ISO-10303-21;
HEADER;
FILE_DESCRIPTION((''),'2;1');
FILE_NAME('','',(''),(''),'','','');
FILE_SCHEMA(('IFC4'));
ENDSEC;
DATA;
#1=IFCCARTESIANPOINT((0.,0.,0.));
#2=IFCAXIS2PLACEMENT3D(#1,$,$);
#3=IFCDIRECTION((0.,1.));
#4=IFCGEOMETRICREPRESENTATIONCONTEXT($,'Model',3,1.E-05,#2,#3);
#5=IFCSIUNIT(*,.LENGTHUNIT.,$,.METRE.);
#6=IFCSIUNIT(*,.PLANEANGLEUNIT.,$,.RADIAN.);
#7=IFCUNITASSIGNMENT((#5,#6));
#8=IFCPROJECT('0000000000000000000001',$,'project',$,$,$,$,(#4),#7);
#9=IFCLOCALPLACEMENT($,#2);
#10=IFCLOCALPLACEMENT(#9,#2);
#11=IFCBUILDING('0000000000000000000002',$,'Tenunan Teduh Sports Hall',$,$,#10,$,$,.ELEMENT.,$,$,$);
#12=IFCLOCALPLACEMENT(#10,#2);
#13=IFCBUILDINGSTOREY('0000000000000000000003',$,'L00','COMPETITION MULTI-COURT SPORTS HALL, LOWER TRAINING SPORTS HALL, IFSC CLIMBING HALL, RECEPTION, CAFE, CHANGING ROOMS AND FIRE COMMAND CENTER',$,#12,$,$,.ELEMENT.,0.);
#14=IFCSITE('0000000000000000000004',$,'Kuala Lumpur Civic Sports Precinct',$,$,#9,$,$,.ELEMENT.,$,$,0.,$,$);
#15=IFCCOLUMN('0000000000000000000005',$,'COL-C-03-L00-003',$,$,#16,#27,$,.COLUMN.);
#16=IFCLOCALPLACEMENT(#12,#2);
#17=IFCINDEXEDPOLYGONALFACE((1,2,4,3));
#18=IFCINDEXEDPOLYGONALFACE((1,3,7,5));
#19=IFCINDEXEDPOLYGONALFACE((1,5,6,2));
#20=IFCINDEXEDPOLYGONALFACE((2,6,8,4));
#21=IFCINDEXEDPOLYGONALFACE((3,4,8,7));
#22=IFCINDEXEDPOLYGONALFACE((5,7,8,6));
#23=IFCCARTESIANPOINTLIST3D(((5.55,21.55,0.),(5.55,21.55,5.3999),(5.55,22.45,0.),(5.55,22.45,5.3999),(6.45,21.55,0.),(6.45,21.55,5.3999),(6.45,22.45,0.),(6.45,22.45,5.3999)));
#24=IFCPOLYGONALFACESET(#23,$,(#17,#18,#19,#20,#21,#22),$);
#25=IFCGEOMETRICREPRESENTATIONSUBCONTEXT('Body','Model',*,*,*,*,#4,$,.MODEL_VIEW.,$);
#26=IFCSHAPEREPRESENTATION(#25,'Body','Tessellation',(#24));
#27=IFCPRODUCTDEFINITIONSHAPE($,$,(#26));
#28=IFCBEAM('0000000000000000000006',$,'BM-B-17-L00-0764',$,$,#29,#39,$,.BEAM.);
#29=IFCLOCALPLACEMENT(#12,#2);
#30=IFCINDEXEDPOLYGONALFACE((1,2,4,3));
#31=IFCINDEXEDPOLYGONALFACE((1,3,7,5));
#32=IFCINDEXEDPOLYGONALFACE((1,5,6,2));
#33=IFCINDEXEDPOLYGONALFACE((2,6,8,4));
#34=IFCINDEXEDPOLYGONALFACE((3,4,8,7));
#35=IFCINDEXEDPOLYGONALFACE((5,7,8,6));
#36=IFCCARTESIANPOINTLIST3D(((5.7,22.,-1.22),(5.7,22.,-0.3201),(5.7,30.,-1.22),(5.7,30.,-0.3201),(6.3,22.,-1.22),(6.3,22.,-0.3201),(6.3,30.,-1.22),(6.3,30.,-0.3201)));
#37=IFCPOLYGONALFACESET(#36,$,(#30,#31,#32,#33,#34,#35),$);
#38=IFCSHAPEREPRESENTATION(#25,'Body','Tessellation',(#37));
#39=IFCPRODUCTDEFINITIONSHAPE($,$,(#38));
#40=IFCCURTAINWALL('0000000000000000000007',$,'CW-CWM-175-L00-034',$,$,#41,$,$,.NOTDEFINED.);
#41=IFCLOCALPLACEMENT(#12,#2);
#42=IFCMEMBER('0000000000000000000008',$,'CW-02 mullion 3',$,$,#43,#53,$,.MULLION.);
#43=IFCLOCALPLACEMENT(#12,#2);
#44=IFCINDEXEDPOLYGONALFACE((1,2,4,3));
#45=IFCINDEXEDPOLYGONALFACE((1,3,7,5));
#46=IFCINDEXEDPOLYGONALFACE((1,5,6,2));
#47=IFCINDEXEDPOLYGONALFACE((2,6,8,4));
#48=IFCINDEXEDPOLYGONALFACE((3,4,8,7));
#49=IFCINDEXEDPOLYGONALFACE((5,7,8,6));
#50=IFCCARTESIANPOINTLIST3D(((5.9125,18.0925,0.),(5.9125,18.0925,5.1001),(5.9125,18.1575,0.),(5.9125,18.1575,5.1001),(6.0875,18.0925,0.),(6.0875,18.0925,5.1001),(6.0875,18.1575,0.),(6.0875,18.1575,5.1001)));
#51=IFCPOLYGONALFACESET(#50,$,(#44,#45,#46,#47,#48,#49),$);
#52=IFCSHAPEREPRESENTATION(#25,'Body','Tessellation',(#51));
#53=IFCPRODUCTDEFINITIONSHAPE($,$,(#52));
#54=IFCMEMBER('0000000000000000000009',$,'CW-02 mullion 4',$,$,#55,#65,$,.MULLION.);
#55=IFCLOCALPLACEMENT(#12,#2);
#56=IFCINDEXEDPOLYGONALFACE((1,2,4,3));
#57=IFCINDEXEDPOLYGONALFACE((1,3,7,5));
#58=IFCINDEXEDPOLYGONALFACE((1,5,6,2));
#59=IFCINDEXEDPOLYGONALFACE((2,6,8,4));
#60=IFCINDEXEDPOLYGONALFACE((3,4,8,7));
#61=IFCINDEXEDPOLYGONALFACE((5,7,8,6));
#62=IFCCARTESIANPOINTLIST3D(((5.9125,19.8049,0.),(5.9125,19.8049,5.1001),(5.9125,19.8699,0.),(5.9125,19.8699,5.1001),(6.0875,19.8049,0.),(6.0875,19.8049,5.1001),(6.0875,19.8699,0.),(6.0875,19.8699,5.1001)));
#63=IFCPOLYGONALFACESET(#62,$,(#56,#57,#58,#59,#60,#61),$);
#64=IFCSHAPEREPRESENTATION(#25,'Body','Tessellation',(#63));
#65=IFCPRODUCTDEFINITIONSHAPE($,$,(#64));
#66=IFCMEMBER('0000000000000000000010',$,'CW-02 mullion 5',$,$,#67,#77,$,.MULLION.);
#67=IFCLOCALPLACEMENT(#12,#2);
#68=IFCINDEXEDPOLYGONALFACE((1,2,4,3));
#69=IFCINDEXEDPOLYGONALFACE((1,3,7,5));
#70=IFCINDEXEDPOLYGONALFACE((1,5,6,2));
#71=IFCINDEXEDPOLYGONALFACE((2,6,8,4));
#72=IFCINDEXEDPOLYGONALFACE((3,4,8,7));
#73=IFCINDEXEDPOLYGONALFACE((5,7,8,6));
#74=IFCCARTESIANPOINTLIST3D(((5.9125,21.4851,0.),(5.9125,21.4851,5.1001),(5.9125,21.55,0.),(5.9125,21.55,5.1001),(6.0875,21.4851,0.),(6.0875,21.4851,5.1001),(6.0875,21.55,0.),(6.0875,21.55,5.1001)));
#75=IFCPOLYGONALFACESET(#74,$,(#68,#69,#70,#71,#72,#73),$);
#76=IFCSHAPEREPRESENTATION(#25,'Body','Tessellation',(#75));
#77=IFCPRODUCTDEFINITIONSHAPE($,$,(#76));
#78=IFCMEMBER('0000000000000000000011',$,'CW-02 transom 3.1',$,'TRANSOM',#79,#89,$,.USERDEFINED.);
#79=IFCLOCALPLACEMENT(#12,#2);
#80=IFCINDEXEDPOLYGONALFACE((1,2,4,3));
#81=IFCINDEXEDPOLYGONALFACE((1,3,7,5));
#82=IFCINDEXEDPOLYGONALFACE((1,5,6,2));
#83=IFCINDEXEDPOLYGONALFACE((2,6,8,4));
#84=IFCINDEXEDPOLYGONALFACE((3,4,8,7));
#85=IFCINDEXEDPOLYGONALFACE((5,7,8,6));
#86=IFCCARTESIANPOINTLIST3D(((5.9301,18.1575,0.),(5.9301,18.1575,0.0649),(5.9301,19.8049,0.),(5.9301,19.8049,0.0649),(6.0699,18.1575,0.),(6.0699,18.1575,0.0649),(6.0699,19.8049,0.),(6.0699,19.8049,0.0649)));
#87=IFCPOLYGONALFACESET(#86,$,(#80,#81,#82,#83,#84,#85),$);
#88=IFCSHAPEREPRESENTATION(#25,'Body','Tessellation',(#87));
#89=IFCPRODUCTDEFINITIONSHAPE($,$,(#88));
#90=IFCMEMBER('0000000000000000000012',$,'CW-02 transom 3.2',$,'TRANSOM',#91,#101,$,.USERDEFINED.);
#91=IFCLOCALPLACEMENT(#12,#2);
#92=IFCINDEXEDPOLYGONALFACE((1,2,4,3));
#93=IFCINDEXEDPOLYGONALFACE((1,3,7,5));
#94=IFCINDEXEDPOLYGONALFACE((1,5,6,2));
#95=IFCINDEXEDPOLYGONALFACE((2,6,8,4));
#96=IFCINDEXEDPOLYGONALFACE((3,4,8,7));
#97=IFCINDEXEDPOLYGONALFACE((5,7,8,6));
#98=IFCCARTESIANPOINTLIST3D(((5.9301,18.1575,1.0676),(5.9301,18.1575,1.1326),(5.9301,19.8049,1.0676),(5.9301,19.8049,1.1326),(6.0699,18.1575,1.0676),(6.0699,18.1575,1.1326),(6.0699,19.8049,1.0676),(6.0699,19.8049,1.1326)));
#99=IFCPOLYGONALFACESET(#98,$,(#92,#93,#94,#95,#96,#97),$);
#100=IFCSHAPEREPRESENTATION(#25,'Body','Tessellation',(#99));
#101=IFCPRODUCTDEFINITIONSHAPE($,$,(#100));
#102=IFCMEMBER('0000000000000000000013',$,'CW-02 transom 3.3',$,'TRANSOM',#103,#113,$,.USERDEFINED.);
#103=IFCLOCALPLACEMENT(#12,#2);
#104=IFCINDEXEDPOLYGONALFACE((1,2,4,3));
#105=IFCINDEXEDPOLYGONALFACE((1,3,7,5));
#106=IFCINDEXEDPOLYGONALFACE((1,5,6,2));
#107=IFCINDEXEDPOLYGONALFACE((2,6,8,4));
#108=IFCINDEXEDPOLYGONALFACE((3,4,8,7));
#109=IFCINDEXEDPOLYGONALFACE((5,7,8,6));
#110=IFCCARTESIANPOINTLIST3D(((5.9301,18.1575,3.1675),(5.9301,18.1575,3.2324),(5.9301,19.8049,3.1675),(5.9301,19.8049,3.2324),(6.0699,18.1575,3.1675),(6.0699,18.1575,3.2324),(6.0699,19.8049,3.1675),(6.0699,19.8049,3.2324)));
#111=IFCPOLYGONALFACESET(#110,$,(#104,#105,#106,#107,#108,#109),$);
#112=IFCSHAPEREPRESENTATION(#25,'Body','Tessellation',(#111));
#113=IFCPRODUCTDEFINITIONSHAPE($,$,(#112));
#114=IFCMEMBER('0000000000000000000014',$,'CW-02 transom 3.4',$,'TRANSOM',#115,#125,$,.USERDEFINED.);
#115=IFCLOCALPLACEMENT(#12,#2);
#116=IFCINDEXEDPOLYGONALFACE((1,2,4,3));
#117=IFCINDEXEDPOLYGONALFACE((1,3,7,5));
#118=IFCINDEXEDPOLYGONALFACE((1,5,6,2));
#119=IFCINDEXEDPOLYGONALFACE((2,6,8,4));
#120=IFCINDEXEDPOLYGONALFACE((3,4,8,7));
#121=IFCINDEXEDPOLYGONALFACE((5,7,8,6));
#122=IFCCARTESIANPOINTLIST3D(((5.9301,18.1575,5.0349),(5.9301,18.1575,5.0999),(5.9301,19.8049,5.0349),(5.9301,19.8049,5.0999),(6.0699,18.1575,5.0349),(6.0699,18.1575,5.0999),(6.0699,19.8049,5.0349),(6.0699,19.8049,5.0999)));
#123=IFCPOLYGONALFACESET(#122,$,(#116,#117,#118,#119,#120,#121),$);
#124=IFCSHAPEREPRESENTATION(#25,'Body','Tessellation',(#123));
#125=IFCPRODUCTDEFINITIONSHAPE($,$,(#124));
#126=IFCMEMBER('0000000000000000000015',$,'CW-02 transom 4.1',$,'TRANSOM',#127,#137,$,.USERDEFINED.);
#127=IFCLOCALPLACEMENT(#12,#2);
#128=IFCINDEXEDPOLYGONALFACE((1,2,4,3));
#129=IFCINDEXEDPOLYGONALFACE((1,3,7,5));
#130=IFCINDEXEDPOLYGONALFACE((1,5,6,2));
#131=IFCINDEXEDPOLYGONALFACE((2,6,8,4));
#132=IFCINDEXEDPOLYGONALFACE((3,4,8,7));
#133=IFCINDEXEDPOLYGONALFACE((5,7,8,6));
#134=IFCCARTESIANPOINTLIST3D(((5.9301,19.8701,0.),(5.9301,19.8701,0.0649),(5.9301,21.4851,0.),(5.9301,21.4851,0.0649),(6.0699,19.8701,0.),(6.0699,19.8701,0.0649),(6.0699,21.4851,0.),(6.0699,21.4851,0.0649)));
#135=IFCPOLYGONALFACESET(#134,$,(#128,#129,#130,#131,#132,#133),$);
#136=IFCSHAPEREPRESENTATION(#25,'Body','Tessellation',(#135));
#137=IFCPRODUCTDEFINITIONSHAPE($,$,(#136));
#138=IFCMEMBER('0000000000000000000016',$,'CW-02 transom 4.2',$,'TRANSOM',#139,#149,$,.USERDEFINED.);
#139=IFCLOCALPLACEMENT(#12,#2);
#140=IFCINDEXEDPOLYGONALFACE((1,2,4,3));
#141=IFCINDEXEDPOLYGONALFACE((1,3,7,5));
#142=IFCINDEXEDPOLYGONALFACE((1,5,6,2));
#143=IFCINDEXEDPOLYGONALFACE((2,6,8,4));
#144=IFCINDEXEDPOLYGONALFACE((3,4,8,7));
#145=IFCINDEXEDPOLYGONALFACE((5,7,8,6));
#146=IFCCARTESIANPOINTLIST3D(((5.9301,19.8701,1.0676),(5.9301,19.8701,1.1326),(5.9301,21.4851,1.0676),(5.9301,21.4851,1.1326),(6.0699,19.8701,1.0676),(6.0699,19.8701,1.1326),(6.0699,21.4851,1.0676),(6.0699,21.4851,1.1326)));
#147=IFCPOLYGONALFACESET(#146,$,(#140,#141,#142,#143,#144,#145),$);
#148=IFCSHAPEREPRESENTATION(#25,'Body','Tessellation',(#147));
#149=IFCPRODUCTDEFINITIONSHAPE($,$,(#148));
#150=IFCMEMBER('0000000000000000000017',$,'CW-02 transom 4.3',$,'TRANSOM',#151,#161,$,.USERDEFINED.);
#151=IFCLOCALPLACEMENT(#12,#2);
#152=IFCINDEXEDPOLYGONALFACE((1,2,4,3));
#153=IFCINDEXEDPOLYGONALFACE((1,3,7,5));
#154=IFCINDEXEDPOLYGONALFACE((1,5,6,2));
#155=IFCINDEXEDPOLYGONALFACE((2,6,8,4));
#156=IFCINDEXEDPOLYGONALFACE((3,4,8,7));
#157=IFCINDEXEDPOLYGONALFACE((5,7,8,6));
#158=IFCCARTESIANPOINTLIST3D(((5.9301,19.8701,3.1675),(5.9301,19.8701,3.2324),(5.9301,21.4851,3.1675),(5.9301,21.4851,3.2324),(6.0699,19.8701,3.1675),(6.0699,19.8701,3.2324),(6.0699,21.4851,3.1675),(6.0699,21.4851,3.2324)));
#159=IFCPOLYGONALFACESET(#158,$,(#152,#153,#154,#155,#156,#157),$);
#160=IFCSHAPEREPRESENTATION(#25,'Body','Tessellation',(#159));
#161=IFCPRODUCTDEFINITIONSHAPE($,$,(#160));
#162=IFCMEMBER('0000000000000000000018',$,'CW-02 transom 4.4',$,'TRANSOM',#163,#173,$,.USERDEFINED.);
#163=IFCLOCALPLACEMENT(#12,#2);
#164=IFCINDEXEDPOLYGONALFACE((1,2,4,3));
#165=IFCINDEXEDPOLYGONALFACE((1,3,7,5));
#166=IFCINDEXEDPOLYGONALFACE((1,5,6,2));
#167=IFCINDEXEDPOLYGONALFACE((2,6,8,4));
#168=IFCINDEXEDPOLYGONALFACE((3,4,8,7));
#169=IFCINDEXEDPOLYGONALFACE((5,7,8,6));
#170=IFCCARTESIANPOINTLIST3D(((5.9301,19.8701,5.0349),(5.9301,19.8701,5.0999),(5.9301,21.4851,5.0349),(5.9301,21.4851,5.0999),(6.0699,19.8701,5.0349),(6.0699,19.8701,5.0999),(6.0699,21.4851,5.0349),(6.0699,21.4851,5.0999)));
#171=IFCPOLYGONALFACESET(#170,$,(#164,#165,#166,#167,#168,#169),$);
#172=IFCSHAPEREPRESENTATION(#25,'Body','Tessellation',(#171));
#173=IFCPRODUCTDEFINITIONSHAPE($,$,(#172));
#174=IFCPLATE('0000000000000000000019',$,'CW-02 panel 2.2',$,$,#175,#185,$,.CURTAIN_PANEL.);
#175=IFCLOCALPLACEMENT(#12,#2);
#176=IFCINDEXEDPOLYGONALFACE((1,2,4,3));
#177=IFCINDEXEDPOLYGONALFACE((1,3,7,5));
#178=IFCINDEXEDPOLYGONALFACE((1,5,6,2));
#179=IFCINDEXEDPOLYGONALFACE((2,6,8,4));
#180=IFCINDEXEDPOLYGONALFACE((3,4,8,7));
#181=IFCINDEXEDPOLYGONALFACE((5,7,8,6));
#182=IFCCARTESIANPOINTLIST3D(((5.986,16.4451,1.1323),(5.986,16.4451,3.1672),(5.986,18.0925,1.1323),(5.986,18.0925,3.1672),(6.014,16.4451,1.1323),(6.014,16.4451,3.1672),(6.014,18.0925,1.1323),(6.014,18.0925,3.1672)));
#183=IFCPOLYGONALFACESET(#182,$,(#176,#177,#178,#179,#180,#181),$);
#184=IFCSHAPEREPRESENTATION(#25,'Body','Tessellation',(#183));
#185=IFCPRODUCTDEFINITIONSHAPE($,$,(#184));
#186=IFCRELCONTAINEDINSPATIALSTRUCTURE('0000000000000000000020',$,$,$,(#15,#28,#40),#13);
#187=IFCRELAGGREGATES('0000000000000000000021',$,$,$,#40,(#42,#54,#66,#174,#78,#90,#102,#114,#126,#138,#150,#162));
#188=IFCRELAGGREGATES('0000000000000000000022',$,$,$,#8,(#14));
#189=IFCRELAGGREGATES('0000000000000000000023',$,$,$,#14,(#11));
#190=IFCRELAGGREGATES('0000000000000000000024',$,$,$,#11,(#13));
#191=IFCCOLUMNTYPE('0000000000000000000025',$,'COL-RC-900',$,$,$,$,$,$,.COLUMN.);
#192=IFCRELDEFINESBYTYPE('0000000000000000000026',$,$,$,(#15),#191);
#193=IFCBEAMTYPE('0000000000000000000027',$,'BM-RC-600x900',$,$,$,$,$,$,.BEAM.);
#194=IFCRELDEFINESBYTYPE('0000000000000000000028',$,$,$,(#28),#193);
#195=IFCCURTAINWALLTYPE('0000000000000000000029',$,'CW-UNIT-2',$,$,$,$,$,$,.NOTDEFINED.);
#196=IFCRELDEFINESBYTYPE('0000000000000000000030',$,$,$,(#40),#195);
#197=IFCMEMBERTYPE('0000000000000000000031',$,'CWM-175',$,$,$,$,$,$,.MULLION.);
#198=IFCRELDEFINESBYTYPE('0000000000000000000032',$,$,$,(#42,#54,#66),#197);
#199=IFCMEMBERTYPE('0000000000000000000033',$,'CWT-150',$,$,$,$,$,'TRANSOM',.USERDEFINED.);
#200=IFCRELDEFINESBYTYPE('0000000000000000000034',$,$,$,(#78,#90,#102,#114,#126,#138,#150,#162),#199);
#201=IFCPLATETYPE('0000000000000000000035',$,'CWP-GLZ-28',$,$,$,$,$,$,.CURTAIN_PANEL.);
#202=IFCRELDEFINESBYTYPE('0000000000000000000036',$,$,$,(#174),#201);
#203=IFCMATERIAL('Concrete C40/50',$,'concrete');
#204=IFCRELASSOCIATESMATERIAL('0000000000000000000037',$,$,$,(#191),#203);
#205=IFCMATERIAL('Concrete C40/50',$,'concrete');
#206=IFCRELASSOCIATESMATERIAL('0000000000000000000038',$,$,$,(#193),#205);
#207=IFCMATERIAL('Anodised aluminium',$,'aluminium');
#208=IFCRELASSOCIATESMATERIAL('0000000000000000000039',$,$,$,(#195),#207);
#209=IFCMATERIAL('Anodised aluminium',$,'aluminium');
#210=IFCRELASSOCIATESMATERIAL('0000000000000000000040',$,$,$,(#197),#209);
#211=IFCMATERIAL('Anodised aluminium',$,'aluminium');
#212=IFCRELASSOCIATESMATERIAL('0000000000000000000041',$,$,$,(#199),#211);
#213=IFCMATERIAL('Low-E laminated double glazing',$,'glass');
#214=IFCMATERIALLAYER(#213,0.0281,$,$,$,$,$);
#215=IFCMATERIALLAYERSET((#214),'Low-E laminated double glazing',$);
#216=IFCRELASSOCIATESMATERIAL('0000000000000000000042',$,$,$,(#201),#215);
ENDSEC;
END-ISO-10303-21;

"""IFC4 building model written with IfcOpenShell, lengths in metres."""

from ifc_helpers import new_model, si_unit, direction, frame, origin, origin_2d, place, context, subcontext, project, spatial, rectangle, extrude, material, layer, layer_set, material_profile, profile_set, type_object, element, aggregate, save


model = new_model("IFC4")

# Units and contexts
model_context = context("Model", 3, precision=1e-05, world=origin(), true_north=direction((0.0, 1.0)))
body_context = subcontext(model_context, "Body", "Model", "MODEL_VIEW")
ifc_project = project(units=[si_unit("LENGTHUNIT", "METRE"), si_unit("PLANEANGLEUNIT", "RADIAN")], contexts=[model_context])

# Site, building, storey
site_placement = place(None, origin())
site = spatial("IfcSite", under=ifc_project, at=site_placement, Name="Kuala Lumpur Civic Sports Precinct", CompositionType="ELEMENT", RefElevation=0.0)
building_placement = place(site_placement, origin())
building = spatial("IfcBuilding", under=site, at=building_placement, Name="Tenunan Teduh Sports Hall", CompositionType="ELEMENT")
storey_placement = place(building_placement, origin())
storey = spatial("IfcBuildingStorey", under=building, at=storey_placement, Name="L00", Description="COMPETITION MULTI-COURT SPORTS HALL, LOWER TRAINING SPORTS HALL, IFSC CLIMBING HALL, RECEPTION, CAFE, CHANGING ROOMS AND FIRE COMMAND CENTER", CompositionType="ELEMENT", Elevation=0.0)

# Column
ifc_material_1 = material(Name="Concrete C40/50", Category="concrete")
ifc_material_profile_1 = material_profile(ifc_material_1, rectangle(XDim=0.8999, YDim=0.8999, at=origin_2d()), Name="RC 900x900")
ifc_profile_set_1 = profile_set([ifc_material_profile_1], Name="Concrete C40/50")
column_type = type_object("IfcColumnType", Name="COL-RC-900", PredefinedType="COLUMN", material=ifc_profile_set_1)
column_placement = place(storey_placement, frame((6.0, 22.0, 0.0), z_axis=(0.0, 0.0, 1.0), x_axis=(1.0, 0.0, 0.0)))
element("IfcColumn", 1, at=column_placement, inside=storey, type_object=column_type, Name="COL-C-03-L00-003", PredefinedType="COLUMN", context=body_context, shape_type="SweptSolid", body=[
    extrude(rectangle(XDim=0.8999, YDim=0.8999, at=origin_2d()), origin(), (0.0, 0.0, 1.0), 5.3999),
])

# Beam
ifc_material_2 = material(Name="Concrete C40/50", Category="concrete")
ifc_material_profile_2 = material_profile(ifc_material_2, rectangle(XDim=0.6001, YDim=0.8999, at=origin_2d()), Name="RCB 600x900")
ifc_profile_set_2 = profile_set([ifc_material_profile_2], Name="Concrete C40/50")
beam_type = type_object("IfcBeamType", Name="BM-RC-600x900", PredefinedType="BEAM", material=ifc_profile_set_2)
beam_placement = place(storey_placement, frame((6.0, 22.0, -0.77), z_axis=(0.0, 1.0, 0.0), x_axis=(-1.0, 0.0, 0.0)))
element("IfcBeam", 2, at=beam_placement, inside=storey, type_object=beam_type, Name="BM-B-17-L00-0764", PredefinedType="BEAM", context=body_context, shape_type="SweptSolid", body=[
    extrude(rectangle(XDim=0.6001, YDim=0.8999, at=origin_2d()), origin(), (0.0, 0.0, 1.0), 8.0),
])

# Curtain wall, members, plate
ifc_material_3 = material(Name="Anodised aluminium", Category="aluminium")
curtain_wall_type = type_object("IfcCurtainWallType", Name="CW-UNIT-2", PredefinedType="NOTDEFINED", material=ifc_material_3)
curtain_wall_placement = place(storey_placement, origin())
curtain_wall = element("IfcCurtainWall", 3, at=curtain_wall_placement, inside=storey, type_object=curtain_wall_type, Name="CW-CWM-175-L00-034", PredefinedType="NOTDEFINED")
ifc_material_4 = material(Name="Anodised aluminium", Category="aluminium")
ifc_material_profile_3 = material_profile(ifc_material_4, rectangle(XDim=0.0649, YDim=0.175, at=origin_2d()), Name="CWM 65x175")
ifc_profile_set_3 = profile_set([ifc_material_profile_3], Name="Anodised aluminium")
member_type_1 = type_object("IfcMemberType", Name="CWM-175", PredefinedType="MULLION", material=ifc_profile_set_3)
member_1_placement = place(storey_placement, frame((6.0, 18.125, 0.0), z_axis=(0.0, 0.0, 1.0), x_axis=(0.0, 1.0, 0.0)))
member_1 = element("IfcMember", 4, at=member_1_placement, type_object=member_type_1, Name="CW-02 mullion 3", PredefinedType="MULLION", context=body_context, shape_type="SweptSolid", body=[
    extrude(rectangle(XDim=0.0649, YDim=0.175, at=origin_2d()), origin(), (0.0, 0.0, 1.0), 5.1001),
])
member_2_placement = place(storey_placement, frame((6.0, 19.8374, 0.0), z_axis=(0.0, 0.0, 1.0), x_axis=(0.0, 1.0, 0.0)))
member_2 = element("IfcMember", 5, at=member_2_placement, type_object=member_type_1, Name="CW-02 mullion 4", PredefinedType="MULLION", context=body_context, shape_type="SweptSolid", body=[
    extrude(rectangle(XDim=0.0649, YDim=0.175, at=origin_2d()), origin(), (0.0, 0.0, 1.0), 5.1001),
])
member_3_placement = place(storey_placement, frame((6.0, 21.5176, 0.0), z_axis=(0.0, 0.0, 1.0), x_axis=(0.0, 1.0, 0.0)))
member_3 = element("IfcMember", 6, at=member_3_placement, type_object=member_type_1, Name="CW-02 mullion 5", PredefinedType="MULLION", context=body_context, shape_type="SweptSolid", body=[
    extrude(rectangle(XDim=0.0649, YDim=0.175, at=origin_2d()), origin(), (0.0, 0.0, 1.0), 5.1001),
])
ifc_material_5 = material(Name="Anodised aluminium", Category="aluminium")
ifc_material_profile_4 = material_profile(ifc_material_5, rectangle(XDim=0.0649, YDim=0.1399, at=origin_2d()), Name="CWT 65x140")
ifc_profile_set_4 = profile_set([ifc_material_profile_4], Name="Anodised aluminium")
member_type_2 = type_object("IfcMemberType", Name="CWT-150", ElementType="TRANSOM", PredefinedType="USERDEFINED", material=ifc_profile_set_4)
member_4_placement = place(storey_placement, frame((6.0, 18.1575, 0.0325), z_axis=(0.0, 1.0, 0.0), x_axis=(0.0, 0.0, 1.0)))
member_4 = element("IfcMember", 7, at=member_4_placement, type_object=member_type_2, Name="CW-02 transom 3.1", ObjectType="TRANSOM", PredefinedType="USERDEFINED", context=body_context, shape_type="SweptSolid", body=[
    extrude(rectangle(XDim=0.0649, YDim=0.1399, at=origin_2d()), origin(), (0.0, 0.0, 1.0), 1.6475),
])
member_5_placement = place(storey_placement, frame((6.0, 18.1575, 1.1001), z_axis=(0.0, 1.0, 0.0), x_axis=(0.0, 0.0, 1.0)))
member_5 = element("IfcMember", 8, at=member_5_placement, type_object=member_type_2, Name="CW-02 transom 3.2", ObjectType="TRANSOM", PredefinedType="USERDEFINED", context=body_context, shape_type="SweptSolid", body=[
    extrude(rectangle(XDim=0.0649, YDim=0.1399, at=origin_2d()), origin(), (0.0, 0.0, 1.0), 1.6475),
])
member_6_placement = place(storey_placement, frame((6.0, 18.1575, 3.2), z_axis=(0.0, 1.0, 0.0), x_axis=(0.0, 0.0, 1.0)))
member_6 = element("IfcMember", 9, at=member_6_placement, type_object=member_type_2, Name="CW-02 transom 3.3", ObjectType="TRANSOM", PredefinedType="USERDEFINED", context=body_context, shape_type="SweptSolid", body=[
    extrude(rectangle(XDim=0.0649, YDim=0.1399, at=origin_2d()), origin(), (0.0, 0.0, 1.0), 1.6475),
])
member_7_placement = place(storey_placement, frame((6.0, 18.1575, 5.0674), z_axis=(0.0, 1.0, 0.0), x_axis=(0.0, 0.0, 1.0)))
member_7 = element("IfcMember", 10, at=member_7_placement, type_object=member_type_2, Name="CW-02 transom 3.4", ObjectType="TRANSOM", PredefinedType="USERDEFINED", context=body_context, shape_type="SweptSolid", body=[
    extrude(rectangle(XDim=0.0649, YDim=0.1399, at=origin_2d()), origin(), (0.0, 0.0, 1.0), 1.6475),
])
member_8_placement = place(storey_placement, frame((6.0, 19.8701, 0.0325), z_axis=(0.0, 1.0, 0.0), x_axis=(0.0, 0.0, 1.0)))
member_8 = element("IfcMember", 11, at=member_8_placement, type_object=member_type_2, Name="CW-02 transom 4.1", ObjectType="TRANSOM", PredefinedType="USERDEFINED", context=body_context, shape_type="SweptSolid", body=[
    extrude(rectangle(XDim=0.0649, YDim=0.1399, at=origin_2d()), origin(), (0.0, 0.0, 1.0), 1.615),
])
member_9_placement = place(storey_placement, frame((6.0, 19.8701, 1.1001), z_axis=(0.0, 1.0, 0.0), x_axis=(0.0, 0.0, 1.0)))
member_9 = element("IfcMember", 12, at=member_9_placement, type_object=member_type_2, Name="CW-02 transom 4.2", ObjectType="TRANSOM", PredefinedType="USERDEFINED", context=body_context, shape_type="SweptSolid", body=[
    extrude(rectangle(XDim=0.0649, YDim=0.1399, at=origin_2d()), origin(), (0.0, 0.0, 1.0), 1.615),
])
member_10_placement = place(storey_placement, frame((6.0, 19.8701, 3.2), z_axis=(0.0, 1.0, 0.0), x_axis=(0.0, 0.0, 1.0)))
member_10 = element("IfcMember", 13, at=member_10_placement, type_object=member_type_2, Name="CW-02 transom 4.3", ObjectType="TRANSOM", PredefinedType="USERDEFINED", context=body_context, shape_type="SweptSolid", body=[
    extrude(rectangle(XDim=0.0649, YDim=0.1399, at=origin_2d()), origin(), (0.0, 0.0, 1.0), 1.615),
])
member_11_placement = place(storey_placement, frame((6.0, 19.8701, 5.0674), z_axis=(0.0, 1.0, 0.0), x_axis=(0.0, 0.0, 1.0)))
member_11 = element("IfcMember", 14, at=member_11_placement, type_object=member_type_2, Name="CW-02 transom 4.4", ObjectType="TRANSOM", PredefinedType="USERDEFINED", context=body_context, shape_type="SweptSolid", body=[
    extrude(rectangle(XDim=0.0649, YDim=0.1399, at=origin_2d()), origin(), (0.0, 0.0, 1.0), 1.615),
])
ifc_material_6 = material(Name="Low-E laminated double glazing", Category="glass")
ifc_layer_1 = layer(ifc_material_6, 0.0281)
ifc_layer_set_1 = layer_set([ifc_layer_1], Name="Low-E laminated double glazing")
plate_type_1 = type_object("IfcPlateType", Name="CWP-GLZ-28", PredefinedType="CURTAIN_PANEL", material=ifc_layer_set_1)
plate_1_placement = place(storey_placement, frame((6.0, 17.2688, 1.1323), z_axis=(0.0, 0.0, 1.0), x_axis=(0.0, 1.0, 0.0)))
plate_1 = element("IfcPlate", 15, at=plate_1_placement, type_object=plate_type_1, Name="CW-02 panel 2.2", PredefinedType="CURTAIN_PANEL", context=body_context, shape_type="SweptSolid", body=[
    extrude(rectangle(XDim=1.6475, YDim=0.0281, at=origin_2d()), origin(), (0.0, 0.0, 1.0), 2.0349),
])
aggregate(curtain_wall, [member_1, member_2, member_3, plate_1, member_4, member_5, member_6, member_7, member_8, member_9, member_10, member_11])

save(model, "model.ifc")
